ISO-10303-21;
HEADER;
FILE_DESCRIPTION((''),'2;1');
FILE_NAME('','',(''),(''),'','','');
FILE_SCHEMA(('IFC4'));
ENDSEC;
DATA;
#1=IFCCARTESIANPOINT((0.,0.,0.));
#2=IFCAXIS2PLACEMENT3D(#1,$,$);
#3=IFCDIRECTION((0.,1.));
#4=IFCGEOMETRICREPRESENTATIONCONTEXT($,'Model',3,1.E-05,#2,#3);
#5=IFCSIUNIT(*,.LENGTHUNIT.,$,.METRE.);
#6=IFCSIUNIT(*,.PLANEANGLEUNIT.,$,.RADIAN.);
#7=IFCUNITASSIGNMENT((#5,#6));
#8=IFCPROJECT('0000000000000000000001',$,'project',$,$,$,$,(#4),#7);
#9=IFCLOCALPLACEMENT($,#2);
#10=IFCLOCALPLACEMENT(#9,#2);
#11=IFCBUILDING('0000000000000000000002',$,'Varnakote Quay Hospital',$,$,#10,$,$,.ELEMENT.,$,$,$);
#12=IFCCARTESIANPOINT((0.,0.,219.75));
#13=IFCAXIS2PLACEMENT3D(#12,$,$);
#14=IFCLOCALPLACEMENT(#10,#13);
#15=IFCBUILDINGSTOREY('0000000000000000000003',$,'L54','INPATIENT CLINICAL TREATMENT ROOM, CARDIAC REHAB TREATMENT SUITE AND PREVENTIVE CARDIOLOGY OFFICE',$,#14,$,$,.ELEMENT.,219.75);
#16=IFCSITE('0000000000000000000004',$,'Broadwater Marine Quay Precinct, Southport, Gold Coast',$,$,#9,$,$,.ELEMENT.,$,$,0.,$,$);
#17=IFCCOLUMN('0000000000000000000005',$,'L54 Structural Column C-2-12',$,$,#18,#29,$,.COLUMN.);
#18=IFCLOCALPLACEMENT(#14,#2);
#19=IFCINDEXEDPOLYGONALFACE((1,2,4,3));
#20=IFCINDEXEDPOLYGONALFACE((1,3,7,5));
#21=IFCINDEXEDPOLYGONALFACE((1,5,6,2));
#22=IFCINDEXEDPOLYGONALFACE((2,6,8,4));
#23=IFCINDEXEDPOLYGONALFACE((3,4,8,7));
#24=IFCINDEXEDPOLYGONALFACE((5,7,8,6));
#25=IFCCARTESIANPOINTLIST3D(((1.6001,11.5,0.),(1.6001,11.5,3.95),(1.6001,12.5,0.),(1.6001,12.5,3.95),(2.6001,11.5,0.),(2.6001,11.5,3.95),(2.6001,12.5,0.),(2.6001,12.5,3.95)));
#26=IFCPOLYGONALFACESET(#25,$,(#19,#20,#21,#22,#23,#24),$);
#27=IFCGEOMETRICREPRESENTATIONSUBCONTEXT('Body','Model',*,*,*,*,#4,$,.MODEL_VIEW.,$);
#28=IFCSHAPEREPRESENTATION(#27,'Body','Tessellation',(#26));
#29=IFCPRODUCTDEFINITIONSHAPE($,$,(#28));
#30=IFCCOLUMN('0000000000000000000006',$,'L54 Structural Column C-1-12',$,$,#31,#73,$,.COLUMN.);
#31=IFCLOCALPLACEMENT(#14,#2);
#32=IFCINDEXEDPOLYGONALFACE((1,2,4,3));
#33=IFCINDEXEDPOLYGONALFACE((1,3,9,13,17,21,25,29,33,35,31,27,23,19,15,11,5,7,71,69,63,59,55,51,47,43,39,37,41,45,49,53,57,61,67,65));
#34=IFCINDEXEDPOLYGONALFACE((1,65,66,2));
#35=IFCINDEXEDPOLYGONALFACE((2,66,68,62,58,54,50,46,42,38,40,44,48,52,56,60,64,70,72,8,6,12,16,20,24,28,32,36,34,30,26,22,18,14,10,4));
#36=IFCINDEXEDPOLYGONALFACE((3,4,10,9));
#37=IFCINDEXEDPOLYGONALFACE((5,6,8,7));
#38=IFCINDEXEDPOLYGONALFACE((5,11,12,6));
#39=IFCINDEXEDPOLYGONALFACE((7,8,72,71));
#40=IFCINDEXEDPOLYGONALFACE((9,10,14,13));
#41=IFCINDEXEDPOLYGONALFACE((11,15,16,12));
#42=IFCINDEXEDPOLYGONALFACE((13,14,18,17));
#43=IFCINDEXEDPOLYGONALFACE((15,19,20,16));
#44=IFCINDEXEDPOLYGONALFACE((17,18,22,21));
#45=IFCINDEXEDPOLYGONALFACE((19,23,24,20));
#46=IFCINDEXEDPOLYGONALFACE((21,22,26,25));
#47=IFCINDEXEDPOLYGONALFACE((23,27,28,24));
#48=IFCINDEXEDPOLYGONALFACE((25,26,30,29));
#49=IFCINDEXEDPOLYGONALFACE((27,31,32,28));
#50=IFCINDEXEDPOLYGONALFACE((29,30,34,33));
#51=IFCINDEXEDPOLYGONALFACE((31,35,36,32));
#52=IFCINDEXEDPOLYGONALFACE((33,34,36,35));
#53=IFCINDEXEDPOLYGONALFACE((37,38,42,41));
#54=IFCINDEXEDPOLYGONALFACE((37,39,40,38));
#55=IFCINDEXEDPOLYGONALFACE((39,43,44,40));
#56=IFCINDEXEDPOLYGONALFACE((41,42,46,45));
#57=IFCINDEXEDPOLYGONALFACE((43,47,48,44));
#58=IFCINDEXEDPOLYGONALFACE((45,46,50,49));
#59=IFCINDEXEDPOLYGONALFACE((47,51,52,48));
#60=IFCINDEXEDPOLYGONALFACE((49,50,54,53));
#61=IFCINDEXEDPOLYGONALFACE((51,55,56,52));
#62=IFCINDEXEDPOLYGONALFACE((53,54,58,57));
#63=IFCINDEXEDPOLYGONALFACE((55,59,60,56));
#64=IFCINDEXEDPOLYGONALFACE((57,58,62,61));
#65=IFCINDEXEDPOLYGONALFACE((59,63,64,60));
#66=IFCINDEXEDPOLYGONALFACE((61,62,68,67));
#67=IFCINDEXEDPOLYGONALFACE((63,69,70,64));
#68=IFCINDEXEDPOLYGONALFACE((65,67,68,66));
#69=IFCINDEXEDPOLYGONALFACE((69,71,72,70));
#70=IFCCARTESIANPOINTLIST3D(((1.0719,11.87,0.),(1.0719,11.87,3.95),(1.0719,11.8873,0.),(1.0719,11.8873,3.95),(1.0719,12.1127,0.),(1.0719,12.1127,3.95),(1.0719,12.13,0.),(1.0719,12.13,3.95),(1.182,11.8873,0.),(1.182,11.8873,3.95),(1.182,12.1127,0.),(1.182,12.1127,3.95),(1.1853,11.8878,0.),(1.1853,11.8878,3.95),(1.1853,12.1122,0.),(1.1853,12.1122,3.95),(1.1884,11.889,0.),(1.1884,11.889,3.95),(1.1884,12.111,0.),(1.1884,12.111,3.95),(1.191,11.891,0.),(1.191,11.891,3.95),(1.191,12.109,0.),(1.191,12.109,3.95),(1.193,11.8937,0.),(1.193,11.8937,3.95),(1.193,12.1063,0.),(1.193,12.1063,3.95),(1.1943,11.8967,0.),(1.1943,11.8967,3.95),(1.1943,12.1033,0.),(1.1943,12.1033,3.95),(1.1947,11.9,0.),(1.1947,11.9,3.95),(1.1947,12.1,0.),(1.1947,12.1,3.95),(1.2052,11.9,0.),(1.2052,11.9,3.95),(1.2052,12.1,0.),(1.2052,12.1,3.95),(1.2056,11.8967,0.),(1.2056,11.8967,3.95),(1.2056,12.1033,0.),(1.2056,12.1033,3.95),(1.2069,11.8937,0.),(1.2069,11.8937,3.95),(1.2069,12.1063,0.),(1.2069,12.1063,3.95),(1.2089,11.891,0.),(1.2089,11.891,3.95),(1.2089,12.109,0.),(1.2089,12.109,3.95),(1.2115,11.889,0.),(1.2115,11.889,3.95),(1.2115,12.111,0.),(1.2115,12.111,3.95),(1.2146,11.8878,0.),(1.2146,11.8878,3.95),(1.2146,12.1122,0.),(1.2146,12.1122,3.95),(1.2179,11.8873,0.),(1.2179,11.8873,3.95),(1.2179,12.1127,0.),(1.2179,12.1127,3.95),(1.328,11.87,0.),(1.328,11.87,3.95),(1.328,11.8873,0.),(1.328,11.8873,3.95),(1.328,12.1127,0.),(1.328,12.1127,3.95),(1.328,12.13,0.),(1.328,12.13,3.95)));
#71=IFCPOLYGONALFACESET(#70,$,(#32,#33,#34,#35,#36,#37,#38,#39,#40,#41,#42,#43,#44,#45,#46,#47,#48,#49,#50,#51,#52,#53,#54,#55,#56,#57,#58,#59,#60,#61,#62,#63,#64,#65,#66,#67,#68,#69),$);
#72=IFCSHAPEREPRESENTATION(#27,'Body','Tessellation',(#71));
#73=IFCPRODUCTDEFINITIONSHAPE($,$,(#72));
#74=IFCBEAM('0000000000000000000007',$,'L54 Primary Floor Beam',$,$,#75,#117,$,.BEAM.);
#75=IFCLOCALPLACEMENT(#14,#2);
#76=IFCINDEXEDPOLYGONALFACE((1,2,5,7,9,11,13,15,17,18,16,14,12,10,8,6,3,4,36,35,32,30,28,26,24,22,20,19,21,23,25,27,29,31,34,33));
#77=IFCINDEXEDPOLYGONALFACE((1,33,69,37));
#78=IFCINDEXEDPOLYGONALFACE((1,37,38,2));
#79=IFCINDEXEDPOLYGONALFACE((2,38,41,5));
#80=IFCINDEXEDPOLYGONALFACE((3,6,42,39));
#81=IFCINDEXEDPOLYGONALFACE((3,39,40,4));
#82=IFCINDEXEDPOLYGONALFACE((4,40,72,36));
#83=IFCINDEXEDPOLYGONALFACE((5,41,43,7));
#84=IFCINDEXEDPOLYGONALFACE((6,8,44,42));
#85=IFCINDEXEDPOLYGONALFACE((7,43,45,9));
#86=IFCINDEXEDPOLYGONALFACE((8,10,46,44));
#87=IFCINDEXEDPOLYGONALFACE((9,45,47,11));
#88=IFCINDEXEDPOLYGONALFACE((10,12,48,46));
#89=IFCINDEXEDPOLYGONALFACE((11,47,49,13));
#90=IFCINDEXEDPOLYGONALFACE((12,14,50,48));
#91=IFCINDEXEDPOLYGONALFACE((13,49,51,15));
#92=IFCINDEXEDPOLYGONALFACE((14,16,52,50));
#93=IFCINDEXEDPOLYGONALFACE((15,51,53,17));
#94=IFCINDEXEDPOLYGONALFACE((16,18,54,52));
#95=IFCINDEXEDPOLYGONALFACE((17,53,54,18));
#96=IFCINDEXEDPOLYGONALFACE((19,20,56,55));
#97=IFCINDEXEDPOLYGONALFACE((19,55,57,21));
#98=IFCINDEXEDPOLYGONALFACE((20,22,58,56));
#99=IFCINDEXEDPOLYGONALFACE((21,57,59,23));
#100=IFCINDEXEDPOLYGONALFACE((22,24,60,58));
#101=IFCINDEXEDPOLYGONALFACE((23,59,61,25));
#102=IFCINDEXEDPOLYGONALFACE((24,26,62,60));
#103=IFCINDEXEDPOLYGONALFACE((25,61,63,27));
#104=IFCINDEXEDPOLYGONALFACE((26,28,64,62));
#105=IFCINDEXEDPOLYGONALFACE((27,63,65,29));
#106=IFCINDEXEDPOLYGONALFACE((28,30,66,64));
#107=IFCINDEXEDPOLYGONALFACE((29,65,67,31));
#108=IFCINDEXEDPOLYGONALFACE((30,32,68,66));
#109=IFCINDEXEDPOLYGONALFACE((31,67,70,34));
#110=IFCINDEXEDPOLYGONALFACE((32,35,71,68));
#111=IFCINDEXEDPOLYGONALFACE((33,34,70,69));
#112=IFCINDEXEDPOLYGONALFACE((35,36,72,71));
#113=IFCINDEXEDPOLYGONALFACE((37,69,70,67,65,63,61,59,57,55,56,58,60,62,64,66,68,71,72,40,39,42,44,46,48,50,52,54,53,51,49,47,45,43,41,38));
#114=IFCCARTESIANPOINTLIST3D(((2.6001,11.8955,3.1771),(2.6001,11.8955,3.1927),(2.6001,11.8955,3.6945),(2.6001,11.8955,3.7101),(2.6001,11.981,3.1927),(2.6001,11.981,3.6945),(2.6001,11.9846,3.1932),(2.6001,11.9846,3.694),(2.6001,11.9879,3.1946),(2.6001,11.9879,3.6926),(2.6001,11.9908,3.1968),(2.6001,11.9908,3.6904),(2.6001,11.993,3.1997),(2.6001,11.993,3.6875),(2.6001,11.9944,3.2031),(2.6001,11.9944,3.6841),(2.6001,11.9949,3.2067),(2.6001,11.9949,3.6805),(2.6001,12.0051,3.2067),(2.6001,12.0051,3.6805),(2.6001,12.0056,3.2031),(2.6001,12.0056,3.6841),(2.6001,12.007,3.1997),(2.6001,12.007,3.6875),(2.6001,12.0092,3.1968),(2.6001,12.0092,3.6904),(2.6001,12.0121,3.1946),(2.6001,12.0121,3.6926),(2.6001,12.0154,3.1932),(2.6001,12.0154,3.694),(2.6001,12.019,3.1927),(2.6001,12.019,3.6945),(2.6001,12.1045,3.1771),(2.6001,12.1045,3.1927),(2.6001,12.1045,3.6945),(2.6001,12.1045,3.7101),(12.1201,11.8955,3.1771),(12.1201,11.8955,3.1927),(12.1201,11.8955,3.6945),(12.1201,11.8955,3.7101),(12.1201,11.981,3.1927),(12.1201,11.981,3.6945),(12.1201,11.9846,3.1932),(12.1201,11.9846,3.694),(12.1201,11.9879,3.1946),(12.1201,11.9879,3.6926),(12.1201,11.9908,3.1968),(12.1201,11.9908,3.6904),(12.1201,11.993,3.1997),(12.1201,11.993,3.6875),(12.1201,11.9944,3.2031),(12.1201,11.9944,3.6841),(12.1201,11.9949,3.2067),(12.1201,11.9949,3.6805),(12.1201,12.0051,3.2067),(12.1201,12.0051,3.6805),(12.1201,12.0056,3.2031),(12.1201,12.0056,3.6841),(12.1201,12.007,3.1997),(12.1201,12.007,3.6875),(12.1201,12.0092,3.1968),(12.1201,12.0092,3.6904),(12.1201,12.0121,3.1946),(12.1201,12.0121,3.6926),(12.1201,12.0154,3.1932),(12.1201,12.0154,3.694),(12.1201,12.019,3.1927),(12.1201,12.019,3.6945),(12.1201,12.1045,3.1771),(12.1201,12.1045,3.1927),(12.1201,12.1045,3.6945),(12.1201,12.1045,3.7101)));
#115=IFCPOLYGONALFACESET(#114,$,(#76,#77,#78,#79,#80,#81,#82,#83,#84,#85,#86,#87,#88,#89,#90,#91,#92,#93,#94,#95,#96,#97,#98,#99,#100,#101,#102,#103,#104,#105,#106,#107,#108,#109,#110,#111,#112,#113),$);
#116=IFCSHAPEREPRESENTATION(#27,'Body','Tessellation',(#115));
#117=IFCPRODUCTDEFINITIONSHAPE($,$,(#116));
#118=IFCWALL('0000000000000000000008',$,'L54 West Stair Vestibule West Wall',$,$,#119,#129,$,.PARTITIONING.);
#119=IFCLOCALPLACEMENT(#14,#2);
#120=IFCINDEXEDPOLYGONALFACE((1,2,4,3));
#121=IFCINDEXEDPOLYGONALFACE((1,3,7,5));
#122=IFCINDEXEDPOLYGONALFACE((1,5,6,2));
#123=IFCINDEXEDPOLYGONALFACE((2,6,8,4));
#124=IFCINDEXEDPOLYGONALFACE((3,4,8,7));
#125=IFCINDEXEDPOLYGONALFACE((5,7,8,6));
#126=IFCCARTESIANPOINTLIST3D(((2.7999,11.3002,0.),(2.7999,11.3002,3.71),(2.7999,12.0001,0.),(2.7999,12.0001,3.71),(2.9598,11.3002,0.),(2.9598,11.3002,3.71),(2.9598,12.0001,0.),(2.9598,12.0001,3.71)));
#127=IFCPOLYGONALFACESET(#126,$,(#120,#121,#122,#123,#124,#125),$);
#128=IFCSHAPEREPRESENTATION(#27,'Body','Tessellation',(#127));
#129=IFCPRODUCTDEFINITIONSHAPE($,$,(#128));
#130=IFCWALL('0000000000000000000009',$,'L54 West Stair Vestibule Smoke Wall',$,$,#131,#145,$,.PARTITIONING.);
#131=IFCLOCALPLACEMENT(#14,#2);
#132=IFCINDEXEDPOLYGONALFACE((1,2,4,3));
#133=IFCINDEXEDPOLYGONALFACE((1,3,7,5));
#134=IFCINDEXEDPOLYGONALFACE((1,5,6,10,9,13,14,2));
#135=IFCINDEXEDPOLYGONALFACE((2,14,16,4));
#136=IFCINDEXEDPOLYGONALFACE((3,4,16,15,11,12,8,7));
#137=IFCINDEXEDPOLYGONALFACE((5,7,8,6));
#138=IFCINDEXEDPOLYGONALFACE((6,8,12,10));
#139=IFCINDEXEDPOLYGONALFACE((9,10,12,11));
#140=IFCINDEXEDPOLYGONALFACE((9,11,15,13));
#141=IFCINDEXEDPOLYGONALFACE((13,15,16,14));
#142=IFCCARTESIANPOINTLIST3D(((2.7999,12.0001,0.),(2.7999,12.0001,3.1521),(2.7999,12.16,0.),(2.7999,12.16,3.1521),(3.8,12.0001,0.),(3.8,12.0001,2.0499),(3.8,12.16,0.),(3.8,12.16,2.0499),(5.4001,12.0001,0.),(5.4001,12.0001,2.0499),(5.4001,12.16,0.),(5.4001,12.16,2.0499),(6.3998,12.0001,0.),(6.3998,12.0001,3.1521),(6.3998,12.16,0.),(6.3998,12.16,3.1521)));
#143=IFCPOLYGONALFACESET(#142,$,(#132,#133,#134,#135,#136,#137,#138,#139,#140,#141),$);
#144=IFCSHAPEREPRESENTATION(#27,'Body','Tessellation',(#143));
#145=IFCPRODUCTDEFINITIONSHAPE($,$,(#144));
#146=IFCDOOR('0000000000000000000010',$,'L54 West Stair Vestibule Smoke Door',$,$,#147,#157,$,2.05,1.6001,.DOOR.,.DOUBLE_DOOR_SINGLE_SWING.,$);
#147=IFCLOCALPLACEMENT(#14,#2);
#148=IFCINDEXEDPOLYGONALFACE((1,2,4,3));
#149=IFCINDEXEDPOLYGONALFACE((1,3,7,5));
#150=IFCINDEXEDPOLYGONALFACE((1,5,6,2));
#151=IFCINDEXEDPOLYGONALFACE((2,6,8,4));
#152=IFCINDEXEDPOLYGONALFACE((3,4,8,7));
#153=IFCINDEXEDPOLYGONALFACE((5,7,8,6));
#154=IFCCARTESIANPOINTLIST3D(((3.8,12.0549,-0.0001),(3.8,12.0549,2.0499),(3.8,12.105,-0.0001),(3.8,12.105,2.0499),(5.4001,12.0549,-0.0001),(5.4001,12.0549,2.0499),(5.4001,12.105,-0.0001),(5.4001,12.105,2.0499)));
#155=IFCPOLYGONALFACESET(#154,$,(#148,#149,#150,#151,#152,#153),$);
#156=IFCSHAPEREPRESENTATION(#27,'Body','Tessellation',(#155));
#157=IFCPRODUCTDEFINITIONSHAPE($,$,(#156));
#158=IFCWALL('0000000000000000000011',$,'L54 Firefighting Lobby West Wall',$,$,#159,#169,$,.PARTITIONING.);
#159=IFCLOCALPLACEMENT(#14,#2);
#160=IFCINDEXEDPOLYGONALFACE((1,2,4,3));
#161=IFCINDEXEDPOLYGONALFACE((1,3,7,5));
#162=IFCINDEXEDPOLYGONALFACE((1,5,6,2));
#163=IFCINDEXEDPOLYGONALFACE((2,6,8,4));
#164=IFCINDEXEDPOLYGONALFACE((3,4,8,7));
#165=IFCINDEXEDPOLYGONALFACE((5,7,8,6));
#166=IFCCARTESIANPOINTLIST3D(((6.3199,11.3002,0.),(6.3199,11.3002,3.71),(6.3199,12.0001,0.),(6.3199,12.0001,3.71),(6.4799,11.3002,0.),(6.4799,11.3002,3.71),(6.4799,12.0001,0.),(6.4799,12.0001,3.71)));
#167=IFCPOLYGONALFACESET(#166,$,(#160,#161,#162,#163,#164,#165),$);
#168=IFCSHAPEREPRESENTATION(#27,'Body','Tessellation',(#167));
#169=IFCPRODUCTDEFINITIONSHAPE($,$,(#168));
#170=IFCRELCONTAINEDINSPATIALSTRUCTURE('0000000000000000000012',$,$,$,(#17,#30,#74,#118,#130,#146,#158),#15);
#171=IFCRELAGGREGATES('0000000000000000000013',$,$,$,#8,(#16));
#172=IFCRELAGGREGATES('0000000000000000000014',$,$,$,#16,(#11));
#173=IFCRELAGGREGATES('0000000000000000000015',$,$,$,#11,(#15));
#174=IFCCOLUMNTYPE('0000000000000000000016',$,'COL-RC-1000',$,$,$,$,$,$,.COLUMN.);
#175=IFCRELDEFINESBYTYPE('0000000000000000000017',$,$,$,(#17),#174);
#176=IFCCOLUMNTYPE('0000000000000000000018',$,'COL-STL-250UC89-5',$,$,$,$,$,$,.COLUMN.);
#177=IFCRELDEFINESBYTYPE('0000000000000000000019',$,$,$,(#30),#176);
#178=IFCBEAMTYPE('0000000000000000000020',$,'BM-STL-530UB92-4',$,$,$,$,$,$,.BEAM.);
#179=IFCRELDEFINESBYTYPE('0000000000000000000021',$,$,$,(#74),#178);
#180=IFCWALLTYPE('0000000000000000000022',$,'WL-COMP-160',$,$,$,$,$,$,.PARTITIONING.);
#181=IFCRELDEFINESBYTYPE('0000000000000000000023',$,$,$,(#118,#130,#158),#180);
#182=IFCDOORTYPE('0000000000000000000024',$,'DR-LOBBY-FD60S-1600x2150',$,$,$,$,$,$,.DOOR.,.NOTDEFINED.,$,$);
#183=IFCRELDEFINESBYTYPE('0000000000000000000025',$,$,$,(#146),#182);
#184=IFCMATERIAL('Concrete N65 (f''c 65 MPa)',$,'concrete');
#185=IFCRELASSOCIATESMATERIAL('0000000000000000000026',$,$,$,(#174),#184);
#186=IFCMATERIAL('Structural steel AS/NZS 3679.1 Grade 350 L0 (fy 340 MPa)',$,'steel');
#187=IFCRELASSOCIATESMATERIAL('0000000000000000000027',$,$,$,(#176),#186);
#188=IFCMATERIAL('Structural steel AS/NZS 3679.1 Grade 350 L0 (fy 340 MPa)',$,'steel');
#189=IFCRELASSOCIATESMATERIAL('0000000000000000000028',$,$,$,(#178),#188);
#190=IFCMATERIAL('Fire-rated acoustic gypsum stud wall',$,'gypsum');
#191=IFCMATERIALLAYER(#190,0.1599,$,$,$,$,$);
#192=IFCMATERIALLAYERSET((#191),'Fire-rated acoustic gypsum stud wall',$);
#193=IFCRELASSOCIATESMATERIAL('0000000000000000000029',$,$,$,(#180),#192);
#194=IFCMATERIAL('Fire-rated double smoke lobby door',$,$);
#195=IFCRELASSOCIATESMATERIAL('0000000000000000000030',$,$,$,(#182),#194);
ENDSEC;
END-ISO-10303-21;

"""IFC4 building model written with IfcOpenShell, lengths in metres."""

from ifc_helpers import new_model, si_unit, direction, frame, frame_2d, origin, origin_2d, place, context, subcontext, project, spatial, rectangle, i_section, extrude, material, layer, layer_set, material_profile, profile_set, type_object, element, fill, save


model = new_model("IFC4")

# Units and contexts
model_context = context("Model", 3, precision=1e-05, world=origin(), true_north=direction((0.0, 1.0)))
body_context = subcontext(model_context, "Body", "Model", "MODEL_VIEW")
ifc_project = project(units=[si_unit("LENGTHUNIT", "METRE"), si_unit("PLANEANGLEUNIT", "RADIAN")], contexts=[model_context])

# Site, building, storey
site_placement = place(None, origin())
site = spatial("IfcSite", under=ifc_project, at=site_placement, Name="Broadwater Marine Quay Precinct, Southport, Gold Coast", CompositionType="ELEMENT", RefElevation=0.0)
building_placement = place(site_placement, origin())
building = spatial("IfcBuilding", under=site, at=building_placement, Name="Varnakote Quay Hospital", CompositionType="ELEMENT")
storey_placement = place(building_placement, frame((0.0, 0.0, 219.75)))
storey = spatial("IfcBuildingStorey", under=building, at=storey_placement, Name="L54", Description="INPATIENT CLINICAL TREATMENT ROOM, CARDIAC REHAB TREATMENT SUITE AND PREVENTIVE CARDIOLOGY OFFICE", CompositionType="ELEMENT", Elevation=219.75)

# Columns
ifc_material_1 = material(Name="Concrete N65 (f'c 65 MPa)", Category="concrete")
ifc_material_profile_1 = material_profile(ifc_material_1, rectangle(XDim=1.0, YDim=1.0, at=origin_2d()), Name="RC-COL-1000x1000")
ifc_profile_set_1 = profile_set([ifc_material_profile_1], Name="Concrete N65 (f'c 65 MPa)")
column_type_1 = type_object("IfcColumnType", Name="COL-RC-1000", PredefinedType="COLUMN", material=ifc_profile_set_1)
column_1_placement = place(storey_placement, frame((2.1001, 12.0, 0.0), z_axis=(0.0, 0.0, 1.0), x_axis=(1.0, 0.0, 0.0)))
element("IfcColumn", 1, at=column_1_placement, inside=storey, type_object=column_type_1, Name="L54 Structural Column C-2-12", PredefinedType="COLUMN", context=body_context, shape_type="SweptSolid", body=[
    extrude(rectangle(XDim=1.0, YDim=1.0, at=origin_2d()), origin(), (0.0, 0.0, 1.0), 3.95),
])
ifc_material_2 = material(Name="Structural steel AS/NZS 3679.1 Grade 350 L0 (fy 340 MPa)", Category="steel")
ifc_material_profile_2 = material_profile(ifc_material_2, i_section(OverallWidth=0.2561, OverallDepth=0.26, WebThickness=0.0105, FlangeThickness=0.0173, FilletRadius=0.0127, at=origin_2d()), Name="250UC89.5")
ifc_profile_set_2 = profile_set([ifc_material_profile_2], Name="Structural steel AS/NZS 3679.1 Grade 350 L0 (fy 340 MPa)")
column_type_2 = type_object("IfcColumnType", Name="COL-STL-250UC89-5", PredefinedType="COLUMN", material=ifc_profile_set_2)
column_2_placement = place(storey_placement, frame((1.2, 12.0, 0.0), z_axis=(0.0, 0.0, 1.0), x_axis=(1.0, 0.0, 0.0)))
element("IfcColumn", 2, at=column_2_placement, inside=storey, type_object=column_type_2, Name="L54 Structural Column C-1-12", PredefinedType="COLUMN", context=body_context, shape_type="SweptSolid", body=[
    extrude(i_section(OverallWidth=0.2561, OverallDepth=0.26, WebThickness=0.0105, FlangeThickness=0.0173, FilletRadius=0.0127, at=origin_2d()), origin(), (0.0, 0.0, 1.0), 3.95),
])

# Beam
ifc_material_3 = material(Name="Structural steel AS/NZS 3679.1 Grade 350 L0 (fy 340 MPa)", Category="steel")
ifc_material_profile_3 = material_profile(ifc_material_3, i_section(OverallWidth=0.209, OverallDepth=0.533, WebThickness=0.0103, FlangeThickness=0.0156, FilletRadius=0.0139, at=origin_2d()), Name="530UB92.4")
ifc_profile_set_3 = profile_set([ifc_material_profile_3], Name="Structural steel AS/NZS 3679.1 Grade 350 L0 (fy 340 MPa)")
beam_type = type_object("IfcBeamType", Name="BM-STL-530UB92-4", PredefinedType="BEAM", material=ifc_profile_set_3)
beam_placement = place(storey_placement, frame((2.6001, 12.0, 3.4436), z_axis=(1.0, 0.0, 0.0), x_axis=(0.0, 1.0, 0.0)))
element("IfcBeam", 3, at=beam_placement, inside=storey, type_object=beam_type, Name="L54 Primary Floor Beam", PredefinedType="BEAM", context=body_context, shape_type="SweptSolid", body=[
    extrude(i_section(OverallWidth=0.209, OverallDepth=0.533, WebThickness=0.0103, FlangeThickness=0.0156, FilletRadius=0.0139, at=origin_2d()), origin(), (0.0, 0.0, 1.0), 9.52),
])

# Wall
ifc_material_4 = material(Name="Fire-rated acoustic gypsum stud wall", Category="gypsum")
ifc_layer_1 = layer(ifc_material_4, 0.1599)
ifc_layer_set_1 = layer_set([ifc_layer_1], Name="Fire-rated acoustic gypsum stud wall")
wall_type_1 = type_object("IfcWallType", Name="WL-COMP-160", PredefinedType="PARTITIONING", material=ifc_layer_set_1)
wall_1_placement = place(storey_placement, frame((2.8799, 11.3, 0.0), z_axis=(0.0, 0.0, 1.0), x_axis=(0.0, 1.0, 0.0)))
element("IfcWall", 4, at=wall_1_placement, inside=storey, type_object=wall_type_1, Name="L54 West Stair Vestibule West Wall", PredefinedType="PARTITIONING", context=body_context, shape_type="SweptSolid", body=[
    extrude(rectangle(XDim=0.7, YDim=0.1599, at=frame_2d((0.3501, 0.0))), origin(), (0.0, 0.0, 1.0), 3.71),
])

# Wall, opening, door
wall_2_placement = place(storey_placement, frame((2.8, 12.0801, 0.0), z_axis=(0.0, 0.0, 1.0), x_axis=(1.0, 0.0, 0.0)))
wall_2 = element("IfcWall", 5, at=wall_2_placement, inside=storey, type_object=wall_type_1, Name="L54 West Stair Vestibule Smoke Wall", PredefinedType="PARTITIONING", context=body_context, shape_type="SweptSolid", body=[
    extrude(rectangle(XDim=3.5999, YDim=0.1599, at=frame_2d((1.7998, 0.0))), origin(), (0.0, 0.0, 1.0), 3.1521),
])
opening_1_placement = place(wall_2_placement, frame((1.0, 0.0, 0.0)))
opening_1 = element("IfcOpeningElement", 6, at=opening_1_placement, cuts=wall_2, PredefinedType="OPENING", context=body_context, shape_type="SweptSolid", body=[
    extrude(rectangle(XDim=1.6001, YDim=2.05, at=frame_2d((0.8, 1.0249))), frame((0.0, 0.0898, 0.0), z_axis=(0.0, -1.0, 0.0), x_axis=(1.0, 0.0, 0.0)), (0.0, 0.0, 1.0), 0.1799),
])
ifc_material_5 = material(Name="Fire-rated double smoke lobby door")
door_type_1 = type_object("IfcDoorType", Name="DR-LOBBY-FD60S-1600x2150", OperationType="NOTDEFINED", PredefinedType="DOOR", material=ifc_material_5)
door_1_placement = place(opening_1_placement, origin())
door_1 = element("IfcDoor", 7, at=door_1_placement, inside=storey, type_object=door_type_1, Name="L54 West Stair Vestibule Smoke Door", OperationType="DOUBLE_DOOR_SINGLE_SWING", OverallHeight=2.05, OverallWidth=1.6001, PredefinedType="DOOR", context=body_context, shape_type="SweptSolid", body=[
    extrude(rectangle(XDim=1.6001, YDim=2.05, at=frame_2d((0.8, 1.0249))), frame((0.0, 0.0249, 0.0), z_axis=(0.0, -1.0, 0.0), x_axis=(1.0, 0.0, 0.0)), (0.0, 0.0, 1.0), 0.05),
])
fill(opening_1, door_1)

# Wall
wall_3_placement = place(storey_placement, frame((6.3999, 11.3, 0.0), z_axis=(0.0, 0.0, 1.0), x_axis=(0.0, 1.0, 0.0)))
element("IfcWall", 8, at=wall_3_placement, inside=storey, type_object=wall_type_1, Name="L54 Firefighting Lobby West Wall", PredefinedType="PARTITIONING", context=body_context, shape_type="SweptSolid", body=[
    extrude(rectangle(XDim=0.7, YDim=0.1599, at=frame_2d((0.3501, 0.0))), origin(), (0.0, 0.0, 1.0), 3.71),
])

save(model, "model.ifc")
